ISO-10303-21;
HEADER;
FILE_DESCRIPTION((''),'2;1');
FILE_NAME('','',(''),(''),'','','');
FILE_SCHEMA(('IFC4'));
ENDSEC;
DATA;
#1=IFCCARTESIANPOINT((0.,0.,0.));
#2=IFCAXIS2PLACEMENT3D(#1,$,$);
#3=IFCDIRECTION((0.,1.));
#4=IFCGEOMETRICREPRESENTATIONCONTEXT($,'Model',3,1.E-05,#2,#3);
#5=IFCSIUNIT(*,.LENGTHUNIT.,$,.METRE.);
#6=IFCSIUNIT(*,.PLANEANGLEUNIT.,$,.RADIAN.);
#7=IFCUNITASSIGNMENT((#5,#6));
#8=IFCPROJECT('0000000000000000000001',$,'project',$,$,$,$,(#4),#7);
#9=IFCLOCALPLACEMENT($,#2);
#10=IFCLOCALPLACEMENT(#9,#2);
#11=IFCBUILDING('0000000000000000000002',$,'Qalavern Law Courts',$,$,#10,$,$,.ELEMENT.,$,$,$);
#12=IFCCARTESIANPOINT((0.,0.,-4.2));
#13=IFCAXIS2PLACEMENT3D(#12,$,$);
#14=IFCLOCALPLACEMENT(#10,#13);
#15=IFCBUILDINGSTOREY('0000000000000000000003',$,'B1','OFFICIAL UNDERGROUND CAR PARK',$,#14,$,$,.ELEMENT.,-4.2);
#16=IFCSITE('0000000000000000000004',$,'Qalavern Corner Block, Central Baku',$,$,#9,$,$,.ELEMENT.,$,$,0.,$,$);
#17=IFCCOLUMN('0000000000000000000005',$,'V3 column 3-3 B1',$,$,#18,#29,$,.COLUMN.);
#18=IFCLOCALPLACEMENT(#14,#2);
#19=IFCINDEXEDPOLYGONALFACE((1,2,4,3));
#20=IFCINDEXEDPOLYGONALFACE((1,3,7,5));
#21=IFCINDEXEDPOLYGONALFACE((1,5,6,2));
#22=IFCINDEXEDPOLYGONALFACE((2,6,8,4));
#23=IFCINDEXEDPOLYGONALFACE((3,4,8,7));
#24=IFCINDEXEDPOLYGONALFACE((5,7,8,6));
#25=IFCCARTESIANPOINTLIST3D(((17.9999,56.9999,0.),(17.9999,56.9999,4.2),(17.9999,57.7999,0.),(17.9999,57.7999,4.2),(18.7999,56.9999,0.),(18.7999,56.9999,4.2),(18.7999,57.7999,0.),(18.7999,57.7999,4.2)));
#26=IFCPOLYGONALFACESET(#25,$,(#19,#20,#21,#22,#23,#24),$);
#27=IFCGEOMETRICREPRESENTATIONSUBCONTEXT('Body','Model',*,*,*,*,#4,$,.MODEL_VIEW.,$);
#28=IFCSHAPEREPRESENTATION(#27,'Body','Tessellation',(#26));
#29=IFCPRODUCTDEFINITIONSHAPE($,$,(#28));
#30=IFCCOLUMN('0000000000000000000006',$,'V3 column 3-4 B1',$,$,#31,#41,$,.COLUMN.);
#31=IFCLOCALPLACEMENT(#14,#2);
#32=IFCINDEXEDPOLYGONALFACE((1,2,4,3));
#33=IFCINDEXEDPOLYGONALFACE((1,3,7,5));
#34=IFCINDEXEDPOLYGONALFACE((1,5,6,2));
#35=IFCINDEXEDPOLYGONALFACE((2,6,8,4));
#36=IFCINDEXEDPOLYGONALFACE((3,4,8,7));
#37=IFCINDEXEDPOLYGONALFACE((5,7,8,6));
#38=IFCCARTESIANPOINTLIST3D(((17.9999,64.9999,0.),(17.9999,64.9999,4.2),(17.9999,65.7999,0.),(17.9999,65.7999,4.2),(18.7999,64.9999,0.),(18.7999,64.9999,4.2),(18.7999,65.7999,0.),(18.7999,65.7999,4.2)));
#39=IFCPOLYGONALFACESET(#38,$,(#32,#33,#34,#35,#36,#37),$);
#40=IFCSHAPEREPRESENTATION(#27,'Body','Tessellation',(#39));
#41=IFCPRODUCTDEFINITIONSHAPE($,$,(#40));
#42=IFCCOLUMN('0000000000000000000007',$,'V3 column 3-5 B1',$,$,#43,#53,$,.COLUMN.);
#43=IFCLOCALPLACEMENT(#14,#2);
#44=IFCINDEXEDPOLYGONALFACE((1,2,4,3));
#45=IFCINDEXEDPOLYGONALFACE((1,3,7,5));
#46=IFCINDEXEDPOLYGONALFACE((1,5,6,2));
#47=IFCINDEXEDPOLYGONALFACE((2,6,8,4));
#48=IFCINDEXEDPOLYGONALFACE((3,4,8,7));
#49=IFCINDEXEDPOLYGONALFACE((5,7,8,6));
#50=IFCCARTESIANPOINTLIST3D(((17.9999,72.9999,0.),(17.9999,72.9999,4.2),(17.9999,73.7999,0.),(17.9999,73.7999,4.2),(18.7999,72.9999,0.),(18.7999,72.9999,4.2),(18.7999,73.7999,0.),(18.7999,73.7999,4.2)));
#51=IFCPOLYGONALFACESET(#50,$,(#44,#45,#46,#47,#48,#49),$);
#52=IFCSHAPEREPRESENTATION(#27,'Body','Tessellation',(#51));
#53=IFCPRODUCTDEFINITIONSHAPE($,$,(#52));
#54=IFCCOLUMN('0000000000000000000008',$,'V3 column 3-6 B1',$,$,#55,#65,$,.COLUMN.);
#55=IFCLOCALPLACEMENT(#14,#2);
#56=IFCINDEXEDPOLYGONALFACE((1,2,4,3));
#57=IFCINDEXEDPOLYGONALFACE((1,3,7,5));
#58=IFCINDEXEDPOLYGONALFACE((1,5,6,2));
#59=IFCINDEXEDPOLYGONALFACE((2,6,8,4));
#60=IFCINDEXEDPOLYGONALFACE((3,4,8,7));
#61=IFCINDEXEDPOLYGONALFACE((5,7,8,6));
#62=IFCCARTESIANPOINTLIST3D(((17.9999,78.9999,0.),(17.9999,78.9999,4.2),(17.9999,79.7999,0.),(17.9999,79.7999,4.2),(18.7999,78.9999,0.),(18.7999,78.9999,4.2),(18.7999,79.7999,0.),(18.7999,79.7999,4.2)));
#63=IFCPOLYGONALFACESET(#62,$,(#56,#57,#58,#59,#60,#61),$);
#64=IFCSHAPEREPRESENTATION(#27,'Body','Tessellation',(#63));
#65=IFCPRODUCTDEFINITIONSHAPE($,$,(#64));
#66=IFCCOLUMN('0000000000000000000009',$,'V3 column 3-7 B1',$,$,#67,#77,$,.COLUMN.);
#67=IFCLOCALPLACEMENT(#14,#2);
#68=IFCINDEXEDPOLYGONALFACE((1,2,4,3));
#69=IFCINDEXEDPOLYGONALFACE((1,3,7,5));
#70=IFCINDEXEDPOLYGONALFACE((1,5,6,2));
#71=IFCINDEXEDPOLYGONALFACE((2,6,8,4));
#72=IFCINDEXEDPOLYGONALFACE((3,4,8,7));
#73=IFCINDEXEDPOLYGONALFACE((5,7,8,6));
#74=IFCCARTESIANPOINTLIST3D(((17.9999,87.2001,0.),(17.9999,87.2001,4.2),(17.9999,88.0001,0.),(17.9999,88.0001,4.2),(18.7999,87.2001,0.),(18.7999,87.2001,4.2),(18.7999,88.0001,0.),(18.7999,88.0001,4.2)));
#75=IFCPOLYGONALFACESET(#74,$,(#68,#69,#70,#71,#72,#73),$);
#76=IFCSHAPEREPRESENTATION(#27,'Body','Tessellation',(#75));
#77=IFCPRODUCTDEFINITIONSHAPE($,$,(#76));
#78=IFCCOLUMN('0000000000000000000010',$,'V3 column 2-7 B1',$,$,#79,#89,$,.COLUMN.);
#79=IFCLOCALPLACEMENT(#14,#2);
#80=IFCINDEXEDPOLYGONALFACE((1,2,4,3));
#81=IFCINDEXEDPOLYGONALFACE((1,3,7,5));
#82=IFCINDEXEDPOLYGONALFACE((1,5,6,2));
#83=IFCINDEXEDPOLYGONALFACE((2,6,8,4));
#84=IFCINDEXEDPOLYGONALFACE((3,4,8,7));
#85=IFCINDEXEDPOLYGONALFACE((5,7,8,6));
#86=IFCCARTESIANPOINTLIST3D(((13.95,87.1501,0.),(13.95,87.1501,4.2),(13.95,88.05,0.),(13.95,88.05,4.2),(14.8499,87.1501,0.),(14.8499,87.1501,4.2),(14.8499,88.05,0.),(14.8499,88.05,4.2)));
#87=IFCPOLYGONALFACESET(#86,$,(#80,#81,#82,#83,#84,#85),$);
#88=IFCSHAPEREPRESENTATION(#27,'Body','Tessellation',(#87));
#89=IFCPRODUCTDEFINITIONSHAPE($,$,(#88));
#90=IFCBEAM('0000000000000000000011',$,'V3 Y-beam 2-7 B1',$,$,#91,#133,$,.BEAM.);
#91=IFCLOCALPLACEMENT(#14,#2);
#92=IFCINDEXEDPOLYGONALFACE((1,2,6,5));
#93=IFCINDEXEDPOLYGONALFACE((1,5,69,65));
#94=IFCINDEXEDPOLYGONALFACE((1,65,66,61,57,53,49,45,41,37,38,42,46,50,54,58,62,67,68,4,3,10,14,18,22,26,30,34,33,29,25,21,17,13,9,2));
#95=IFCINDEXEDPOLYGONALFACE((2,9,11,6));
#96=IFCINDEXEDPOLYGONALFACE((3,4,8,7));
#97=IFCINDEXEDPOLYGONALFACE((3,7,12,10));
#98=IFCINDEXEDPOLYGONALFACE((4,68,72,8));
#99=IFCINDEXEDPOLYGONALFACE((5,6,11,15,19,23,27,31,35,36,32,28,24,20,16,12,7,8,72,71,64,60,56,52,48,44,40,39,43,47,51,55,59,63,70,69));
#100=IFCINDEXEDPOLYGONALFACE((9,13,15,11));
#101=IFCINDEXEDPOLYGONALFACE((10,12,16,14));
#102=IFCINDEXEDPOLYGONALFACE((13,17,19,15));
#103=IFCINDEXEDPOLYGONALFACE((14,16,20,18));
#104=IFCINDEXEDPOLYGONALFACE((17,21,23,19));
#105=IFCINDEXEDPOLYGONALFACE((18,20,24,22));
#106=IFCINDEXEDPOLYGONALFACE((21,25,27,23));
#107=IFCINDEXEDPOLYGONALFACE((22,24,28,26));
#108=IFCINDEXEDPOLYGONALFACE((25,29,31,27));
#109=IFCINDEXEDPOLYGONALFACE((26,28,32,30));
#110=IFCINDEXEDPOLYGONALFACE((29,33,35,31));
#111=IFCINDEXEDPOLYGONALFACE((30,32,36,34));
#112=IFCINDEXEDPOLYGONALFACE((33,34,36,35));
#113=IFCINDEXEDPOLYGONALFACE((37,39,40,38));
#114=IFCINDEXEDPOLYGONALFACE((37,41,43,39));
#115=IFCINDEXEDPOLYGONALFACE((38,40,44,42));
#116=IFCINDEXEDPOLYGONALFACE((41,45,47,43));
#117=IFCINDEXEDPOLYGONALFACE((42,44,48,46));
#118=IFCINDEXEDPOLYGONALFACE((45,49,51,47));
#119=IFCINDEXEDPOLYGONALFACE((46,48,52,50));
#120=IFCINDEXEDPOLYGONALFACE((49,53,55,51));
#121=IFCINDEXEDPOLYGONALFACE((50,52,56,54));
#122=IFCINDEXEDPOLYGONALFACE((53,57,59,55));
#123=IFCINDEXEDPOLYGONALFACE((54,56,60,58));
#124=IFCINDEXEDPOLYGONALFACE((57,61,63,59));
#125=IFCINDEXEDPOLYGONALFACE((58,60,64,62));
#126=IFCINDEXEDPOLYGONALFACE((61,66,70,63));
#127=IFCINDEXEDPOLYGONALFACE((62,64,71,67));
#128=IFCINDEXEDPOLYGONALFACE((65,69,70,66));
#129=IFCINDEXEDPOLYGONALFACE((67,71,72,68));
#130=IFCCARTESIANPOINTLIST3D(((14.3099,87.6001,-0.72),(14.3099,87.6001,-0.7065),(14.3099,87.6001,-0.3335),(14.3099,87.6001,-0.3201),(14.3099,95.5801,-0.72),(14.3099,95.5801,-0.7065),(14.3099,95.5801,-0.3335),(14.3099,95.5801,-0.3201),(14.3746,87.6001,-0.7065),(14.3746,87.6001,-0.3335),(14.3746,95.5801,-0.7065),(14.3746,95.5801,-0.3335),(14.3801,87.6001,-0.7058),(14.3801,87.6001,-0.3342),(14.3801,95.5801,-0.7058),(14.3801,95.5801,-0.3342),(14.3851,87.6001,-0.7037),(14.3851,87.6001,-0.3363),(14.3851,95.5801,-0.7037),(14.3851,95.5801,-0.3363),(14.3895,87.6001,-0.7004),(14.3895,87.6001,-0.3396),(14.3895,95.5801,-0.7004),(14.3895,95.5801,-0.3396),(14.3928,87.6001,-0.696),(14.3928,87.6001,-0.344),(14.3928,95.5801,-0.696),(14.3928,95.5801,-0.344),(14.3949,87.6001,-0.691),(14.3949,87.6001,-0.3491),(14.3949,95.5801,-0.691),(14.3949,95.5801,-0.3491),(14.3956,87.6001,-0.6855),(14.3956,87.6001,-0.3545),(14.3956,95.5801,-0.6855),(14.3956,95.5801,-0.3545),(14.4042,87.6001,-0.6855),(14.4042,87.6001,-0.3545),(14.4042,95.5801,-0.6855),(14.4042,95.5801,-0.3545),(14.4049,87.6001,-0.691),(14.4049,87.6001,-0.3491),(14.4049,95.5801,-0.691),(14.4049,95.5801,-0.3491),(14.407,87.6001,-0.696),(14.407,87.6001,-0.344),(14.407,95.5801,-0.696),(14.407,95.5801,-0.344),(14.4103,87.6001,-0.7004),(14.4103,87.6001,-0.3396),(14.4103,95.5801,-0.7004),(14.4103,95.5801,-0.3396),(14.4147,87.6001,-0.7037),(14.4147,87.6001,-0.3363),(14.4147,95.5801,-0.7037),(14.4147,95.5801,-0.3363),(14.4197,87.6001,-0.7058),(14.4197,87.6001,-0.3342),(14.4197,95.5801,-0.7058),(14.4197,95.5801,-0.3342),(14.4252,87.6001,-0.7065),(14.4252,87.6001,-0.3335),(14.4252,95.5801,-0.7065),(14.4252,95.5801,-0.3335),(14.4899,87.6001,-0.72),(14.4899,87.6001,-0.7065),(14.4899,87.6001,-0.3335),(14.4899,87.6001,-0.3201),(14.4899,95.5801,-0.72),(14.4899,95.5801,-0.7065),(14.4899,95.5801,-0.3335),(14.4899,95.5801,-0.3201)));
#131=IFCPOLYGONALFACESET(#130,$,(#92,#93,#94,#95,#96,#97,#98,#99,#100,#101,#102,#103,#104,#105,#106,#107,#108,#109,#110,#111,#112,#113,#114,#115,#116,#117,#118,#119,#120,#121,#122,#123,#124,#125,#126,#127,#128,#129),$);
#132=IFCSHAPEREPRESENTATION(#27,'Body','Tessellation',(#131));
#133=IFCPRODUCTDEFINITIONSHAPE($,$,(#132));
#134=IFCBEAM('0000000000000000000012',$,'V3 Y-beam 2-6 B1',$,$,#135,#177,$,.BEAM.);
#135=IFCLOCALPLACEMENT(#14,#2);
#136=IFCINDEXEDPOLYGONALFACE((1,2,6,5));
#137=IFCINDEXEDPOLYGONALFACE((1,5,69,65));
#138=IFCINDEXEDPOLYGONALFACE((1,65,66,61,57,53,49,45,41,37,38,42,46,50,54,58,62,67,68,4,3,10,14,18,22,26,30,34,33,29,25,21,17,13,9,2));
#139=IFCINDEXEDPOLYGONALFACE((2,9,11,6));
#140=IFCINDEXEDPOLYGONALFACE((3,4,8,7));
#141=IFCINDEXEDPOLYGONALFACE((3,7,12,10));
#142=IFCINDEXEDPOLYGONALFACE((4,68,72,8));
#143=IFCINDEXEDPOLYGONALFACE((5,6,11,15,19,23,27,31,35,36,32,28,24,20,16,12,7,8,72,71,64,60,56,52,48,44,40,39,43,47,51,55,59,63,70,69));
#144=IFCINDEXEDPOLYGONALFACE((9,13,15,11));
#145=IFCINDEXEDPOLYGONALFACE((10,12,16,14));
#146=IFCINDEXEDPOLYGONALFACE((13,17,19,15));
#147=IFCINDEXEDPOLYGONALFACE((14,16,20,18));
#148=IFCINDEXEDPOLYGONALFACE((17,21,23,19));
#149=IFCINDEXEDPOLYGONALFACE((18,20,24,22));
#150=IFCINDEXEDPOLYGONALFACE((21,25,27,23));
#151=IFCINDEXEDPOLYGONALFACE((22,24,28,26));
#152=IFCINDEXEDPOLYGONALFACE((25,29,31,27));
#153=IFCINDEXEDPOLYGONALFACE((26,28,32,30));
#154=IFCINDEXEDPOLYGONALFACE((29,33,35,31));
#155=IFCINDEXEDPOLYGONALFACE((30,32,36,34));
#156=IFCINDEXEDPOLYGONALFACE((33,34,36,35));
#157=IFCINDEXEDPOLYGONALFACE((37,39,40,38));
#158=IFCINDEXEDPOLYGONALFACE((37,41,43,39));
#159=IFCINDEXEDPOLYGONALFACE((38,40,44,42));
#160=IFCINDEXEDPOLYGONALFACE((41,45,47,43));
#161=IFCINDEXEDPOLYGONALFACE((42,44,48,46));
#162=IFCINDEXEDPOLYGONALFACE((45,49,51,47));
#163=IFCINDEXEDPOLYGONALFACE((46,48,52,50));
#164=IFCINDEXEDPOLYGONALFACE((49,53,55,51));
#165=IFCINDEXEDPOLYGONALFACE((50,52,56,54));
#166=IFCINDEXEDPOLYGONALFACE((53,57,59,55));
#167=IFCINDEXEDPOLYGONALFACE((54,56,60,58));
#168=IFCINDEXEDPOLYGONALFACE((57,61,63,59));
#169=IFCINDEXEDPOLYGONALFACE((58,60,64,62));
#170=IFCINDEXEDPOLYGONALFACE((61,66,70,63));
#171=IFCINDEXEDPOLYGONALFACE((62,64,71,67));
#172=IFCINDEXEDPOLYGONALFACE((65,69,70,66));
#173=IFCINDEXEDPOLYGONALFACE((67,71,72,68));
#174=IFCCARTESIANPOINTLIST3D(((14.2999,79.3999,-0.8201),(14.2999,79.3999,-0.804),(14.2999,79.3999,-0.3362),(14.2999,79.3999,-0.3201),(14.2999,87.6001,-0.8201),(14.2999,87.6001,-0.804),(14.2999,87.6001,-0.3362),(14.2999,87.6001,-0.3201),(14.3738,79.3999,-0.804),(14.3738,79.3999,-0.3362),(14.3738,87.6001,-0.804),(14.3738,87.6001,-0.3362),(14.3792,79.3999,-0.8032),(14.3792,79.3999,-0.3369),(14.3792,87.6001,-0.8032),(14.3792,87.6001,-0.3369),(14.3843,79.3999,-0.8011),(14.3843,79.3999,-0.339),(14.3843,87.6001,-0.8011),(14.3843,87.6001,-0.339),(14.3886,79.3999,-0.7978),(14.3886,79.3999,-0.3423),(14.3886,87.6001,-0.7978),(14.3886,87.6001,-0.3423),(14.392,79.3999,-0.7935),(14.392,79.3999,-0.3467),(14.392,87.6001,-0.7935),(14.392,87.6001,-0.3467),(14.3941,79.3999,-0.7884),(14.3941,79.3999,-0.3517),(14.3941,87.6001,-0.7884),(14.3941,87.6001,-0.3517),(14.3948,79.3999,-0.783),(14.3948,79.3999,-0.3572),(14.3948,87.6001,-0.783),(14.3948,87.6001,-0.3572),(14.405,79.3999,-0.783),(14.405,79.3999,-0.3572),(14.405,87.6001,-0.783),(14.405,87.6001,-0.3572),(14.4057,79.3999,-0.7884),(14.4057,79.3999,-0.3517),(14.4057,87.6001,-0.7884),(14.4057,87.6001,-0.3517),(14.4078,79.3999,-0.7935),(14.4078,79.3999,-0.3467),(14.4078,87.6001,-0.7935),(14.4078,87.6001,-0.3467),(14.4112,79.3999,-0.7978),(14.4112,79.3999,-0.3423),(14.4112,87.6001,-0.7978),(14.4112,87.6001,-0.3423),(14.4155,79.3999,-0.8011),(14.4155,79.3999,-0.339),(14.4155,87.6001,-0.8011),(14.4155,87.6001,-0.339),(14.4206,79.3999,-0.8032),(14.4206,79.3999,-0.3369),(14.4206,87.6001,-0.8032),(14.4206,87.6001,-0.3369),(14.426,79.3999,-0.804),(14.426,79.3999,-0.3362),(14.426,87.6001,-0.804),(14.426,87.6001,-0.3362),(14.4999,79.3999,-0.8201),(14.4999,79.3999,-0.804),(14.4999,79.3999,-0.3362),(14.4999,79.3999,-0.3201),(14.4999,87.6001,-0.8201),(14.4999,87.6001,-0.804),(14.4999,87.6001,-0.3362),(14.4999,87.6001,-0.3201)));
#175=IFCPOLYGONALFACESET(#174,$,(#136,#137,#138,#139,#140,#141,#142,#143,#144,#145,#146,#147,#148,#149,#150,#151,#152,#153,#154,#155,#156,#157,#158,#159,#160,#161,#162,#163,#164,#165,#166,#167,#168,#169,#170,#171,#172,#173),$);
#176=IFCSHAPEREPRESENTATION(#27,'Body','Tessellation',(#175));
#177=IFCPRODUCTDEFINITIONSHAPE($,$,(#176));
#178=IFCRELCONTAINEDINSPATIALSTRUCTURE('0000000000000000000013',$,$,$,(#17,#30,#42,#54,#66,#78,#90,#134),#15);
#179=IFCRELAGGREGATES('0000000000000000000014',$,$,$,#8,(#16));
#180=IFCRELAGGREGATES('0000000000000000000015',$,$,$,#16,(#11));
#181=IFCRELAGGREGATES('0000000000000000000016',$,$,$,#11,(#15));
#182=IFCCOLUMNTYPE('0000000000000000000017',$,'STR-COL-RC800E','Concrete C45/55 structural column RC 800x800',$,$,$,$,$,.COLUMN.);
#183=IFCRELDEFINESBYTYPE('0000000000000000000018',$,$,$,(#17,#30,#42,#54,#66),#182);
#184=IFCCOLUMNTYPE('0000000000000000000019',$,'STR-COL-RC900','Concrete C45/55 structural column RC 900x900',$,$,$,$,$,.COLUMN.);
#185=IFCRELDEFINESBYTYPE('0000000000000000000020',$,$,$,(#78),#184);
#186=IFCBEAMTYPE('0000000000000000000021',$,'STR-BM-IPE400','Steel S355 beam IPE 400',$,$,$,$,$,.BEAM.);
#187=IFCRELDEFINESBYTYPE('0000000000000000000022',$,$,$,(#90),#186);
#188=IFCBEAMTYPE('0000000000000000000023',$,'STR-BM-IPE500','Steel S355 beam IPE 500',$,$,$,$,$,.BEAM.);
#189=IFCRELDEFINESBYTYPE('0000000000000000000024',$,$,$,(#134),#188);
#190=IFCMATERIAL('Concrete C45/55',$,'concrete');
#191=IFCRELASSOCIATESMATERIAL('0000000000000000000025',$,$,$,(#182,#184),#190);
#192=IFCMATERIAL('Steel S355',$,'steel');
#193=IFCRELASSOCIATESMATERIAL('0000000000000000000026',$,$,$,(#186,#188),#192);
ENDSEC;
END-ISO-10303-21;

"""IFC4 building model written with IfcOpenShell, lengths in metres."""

from ifc_helpers import new_model, si_unit, direction, frame, origin, origin_2d, place, context, subcontext, project, spatial, rectangle, i_section, extrude, material, material_profile, profile_set, type_object, element, save


model = new_model("IFC4")

# Units and contexts
model_context = context("Model", 3, precision=1e-05, world=origin(), true_north=direction((0.0, 1.0)))
body_context = subcontext(model_context, "Body", "Model", "MODEL_VIEW")
ifc_project = project(units=[si_unit("LENGTHUNIT", "METRE"), si_unit("PLANEANGLEUNIT", "RADIAN")], contexts=[model_context])

# Site, building, storey
site_placement = place(None, origin())
site = spatial("IfcSite", under=ifc_project, at=site_placement, Name="Qalavern Corner Block, Central Baku", CompositionType="ELEMENT", RefElevation=0.0)
building_placement = place(site_placement, origin())
building = spatial("IfcBuilding", under=site, at=building_placement, Name="Qalavern Law Courts", CompositionType="ELEMENT")
storey_placement = place(building_placement, frame((0.0, 0.0, -4.2)))
storey = spatial("IfcBuildingStorey", under=building, at=storey_placement, Name="B1", Description="OFFICIAL UNDERGROUND CAR PARK", CompositionType="ELEMENT", Elevation=-4.2)

# Columns
ifc_material_1 = material(Name="Concrete C45/55", Category="concrete")
ifc_material_profile_1 = material_profile(ifc_material_1, rectangle(XDim=0.8, YDim=0.8, at=origin_2d()), Name="RC 800x800")
ifc_profile_set_1 = profile_set([ifc_material_profile_1], Name="Concrete C45/55")
column_type_1 = type_object("IfcColumnType", Name="STR-COL-RC800E", Description="Concrete C45/55 structural column RC 800x800", PredefinedType="COLUMN", material=ifc_profile_set_1)
for number, where, z_axis, x_axis, name in (
    (1, (18.3999, 57.3999, 0.0), (0.0, 0.0, 1.0), (1.0, 0.0, 0.0), "V3 column 3-3 B1"),
    (2, (18.3999, 65.3999, 0.0), (0.0, 0.0, 1.0), (1.0, 0.0, 0.0), "V3 column 3-4 B1"),
    (3, (18.3999, 73.3999, 0.0), (0.0, 0.0, 1.0), (1.0, 0.0, 0.0), "V3 column 3-5 B1"),
    (4, (18.3999, 79.3999, 0.0), (0.0, 0.0, 1.0), (1.0, 0.0, 0.0), "V3 column 3-6 B1"),
    (5, (18.3999, 87.6001, 0.0), (0.0, 0.0, 1.0), (1.0, 0.0, 0.0), "V3 column 3-7 B1"),
):
    element("IfcColumn", number, at=place(storey_placement, frame(where, z_axis=z_axis, x_axis=x_axis)), inside=storey, type_object=column_type_1, Name=name, PredefinedType="COLUMN", context=body_context, shape_type="SweptSolid", body=[
        extrude(rectangle(XDim=0.8, YDim=0.8, at=origin_2d()), origin(), (0.0, 0.0, 1.0), 4.2),
    ])
ifc_material_profile_2 = material_profile(ifc_material_1, rectangle(XDim=0.8999, YDim=0.8999, at=origin_2d()), Name="RC 900x900")
ifc_profile_set_2 = profile_set([ifc_material_profile_2], Name="Concrete C45/55")
column_type_2 = type_object("IfcColumnType", Name="STR-COL-RC900", Description="Concrete C45/55 structural column RC 900x900", PredefinedType="COLUMN", material=ifc_profile_set_2)
column_placement = place(storey_placement, frame((14.3999, 87.6001, 0.0), z_axis=(0.0, 0.0, 1.0), x_axis=(1.0, 0.0, 0.0)))
element("IfcColumn", 6, at=column_placement, inside=storey, type_object=column_type_2, Name="V3 column 2-7 B1", PredefinedType="COLUMN", context=body_context, shape_type="SweptSolid", body=[
    extrude(rectangle(XDim=0.8999, YDim=0.8999, at=origin_2d()), origin(), (0.0, 0.0, 1.0), 4.2),
])

# Beams
ifc_material_2 = material(Name="Steel S355", Category="steel")
ifc_material_profile_3 = material_profile(ifc_material_2, i_section(OverallWidth=0.1799, OverallDepth=0.3999, WebThickness=0.0085, FlangeThickness=0.0134, FilletRadius=0.021, at=origin_2d()), Name="IPE 400")
ifc_profile_set_3 = profile_set([ifc_material_profile_3], Name="Steel S355")
beam_type_1 = type_object("IfcBeamType", Name="STR-BM-IPE400", Description="Steel S355 beam IPE 400", PredefinedType="BEAM", material=ifc_profile_set_3)
beam_1_placement = place(storey_placement, frame((14.3999, 87.6001, -0.52), z_axis=(0.0, 1.0, 0.0), x_axis=(-1.0, 0.0, 0.0)))
element("IfcBeam", 7, at=beam_1_placement, inside=storey, type_object=beam_type_1, Name="V3 Y-beam 2-7 B1", PredefinedType="BEAM", context=body_context, shape_type="SweptSolid", body=[
    extrude(i_section(OverallWidth=0.1799, OverallDepth=0.3999, WebThickness=0.0085, FlangeThickness=0.0134, FilletRadius=0.021, at=origin_2d()), origin(), (0.0, 0.0, 1.0), 7.98),
])
ifc_material_profile_4 = material_profile(ifc_material_2, i_section(OverallWidth=0.2, OverallDepth=0.5, WebThickness=0.0103, FlangeThickness=0.0161, FilletRadius=0.021, at=origin_2d()), Name="IPE 500")
ifc_profile_set_4 = profile_set([ifc_material_profile_4], Name="Steel S355")
beam_type_2 = type_object("IfcBeamType", Name="STR-BM-IPE500", Description="Steel S355 beam IPE 500", PredefinedType="BEAM", material=ifc_profile_set_4)
beam_2_placement = place(storey_placement, frame((14.3999, 79.3999, -0.5701), z_axis=(0.0, 1.0, 0.0), x_axis=(-1.0, 0.0, 0.0)))
element("IfcBeam", 8, at=beam_2_placement, inside=storey, type_object=beam_type_2, Name="V3 Y-beam 2-6 B1", PredefinedType="BEAM", context=body_context, shape_type="SweptSolid", body=[
    extrude(i_section(OverallWidth=0.2, OverallDepth=0.5, WebThickness=0.0103, FlangeThickness=0.0161, FilletRadius=0.021, at=origin_2d()), origin(), (0.0, 0.0, 1.0), 8.2002),
])

save(model, "model.ifc")
